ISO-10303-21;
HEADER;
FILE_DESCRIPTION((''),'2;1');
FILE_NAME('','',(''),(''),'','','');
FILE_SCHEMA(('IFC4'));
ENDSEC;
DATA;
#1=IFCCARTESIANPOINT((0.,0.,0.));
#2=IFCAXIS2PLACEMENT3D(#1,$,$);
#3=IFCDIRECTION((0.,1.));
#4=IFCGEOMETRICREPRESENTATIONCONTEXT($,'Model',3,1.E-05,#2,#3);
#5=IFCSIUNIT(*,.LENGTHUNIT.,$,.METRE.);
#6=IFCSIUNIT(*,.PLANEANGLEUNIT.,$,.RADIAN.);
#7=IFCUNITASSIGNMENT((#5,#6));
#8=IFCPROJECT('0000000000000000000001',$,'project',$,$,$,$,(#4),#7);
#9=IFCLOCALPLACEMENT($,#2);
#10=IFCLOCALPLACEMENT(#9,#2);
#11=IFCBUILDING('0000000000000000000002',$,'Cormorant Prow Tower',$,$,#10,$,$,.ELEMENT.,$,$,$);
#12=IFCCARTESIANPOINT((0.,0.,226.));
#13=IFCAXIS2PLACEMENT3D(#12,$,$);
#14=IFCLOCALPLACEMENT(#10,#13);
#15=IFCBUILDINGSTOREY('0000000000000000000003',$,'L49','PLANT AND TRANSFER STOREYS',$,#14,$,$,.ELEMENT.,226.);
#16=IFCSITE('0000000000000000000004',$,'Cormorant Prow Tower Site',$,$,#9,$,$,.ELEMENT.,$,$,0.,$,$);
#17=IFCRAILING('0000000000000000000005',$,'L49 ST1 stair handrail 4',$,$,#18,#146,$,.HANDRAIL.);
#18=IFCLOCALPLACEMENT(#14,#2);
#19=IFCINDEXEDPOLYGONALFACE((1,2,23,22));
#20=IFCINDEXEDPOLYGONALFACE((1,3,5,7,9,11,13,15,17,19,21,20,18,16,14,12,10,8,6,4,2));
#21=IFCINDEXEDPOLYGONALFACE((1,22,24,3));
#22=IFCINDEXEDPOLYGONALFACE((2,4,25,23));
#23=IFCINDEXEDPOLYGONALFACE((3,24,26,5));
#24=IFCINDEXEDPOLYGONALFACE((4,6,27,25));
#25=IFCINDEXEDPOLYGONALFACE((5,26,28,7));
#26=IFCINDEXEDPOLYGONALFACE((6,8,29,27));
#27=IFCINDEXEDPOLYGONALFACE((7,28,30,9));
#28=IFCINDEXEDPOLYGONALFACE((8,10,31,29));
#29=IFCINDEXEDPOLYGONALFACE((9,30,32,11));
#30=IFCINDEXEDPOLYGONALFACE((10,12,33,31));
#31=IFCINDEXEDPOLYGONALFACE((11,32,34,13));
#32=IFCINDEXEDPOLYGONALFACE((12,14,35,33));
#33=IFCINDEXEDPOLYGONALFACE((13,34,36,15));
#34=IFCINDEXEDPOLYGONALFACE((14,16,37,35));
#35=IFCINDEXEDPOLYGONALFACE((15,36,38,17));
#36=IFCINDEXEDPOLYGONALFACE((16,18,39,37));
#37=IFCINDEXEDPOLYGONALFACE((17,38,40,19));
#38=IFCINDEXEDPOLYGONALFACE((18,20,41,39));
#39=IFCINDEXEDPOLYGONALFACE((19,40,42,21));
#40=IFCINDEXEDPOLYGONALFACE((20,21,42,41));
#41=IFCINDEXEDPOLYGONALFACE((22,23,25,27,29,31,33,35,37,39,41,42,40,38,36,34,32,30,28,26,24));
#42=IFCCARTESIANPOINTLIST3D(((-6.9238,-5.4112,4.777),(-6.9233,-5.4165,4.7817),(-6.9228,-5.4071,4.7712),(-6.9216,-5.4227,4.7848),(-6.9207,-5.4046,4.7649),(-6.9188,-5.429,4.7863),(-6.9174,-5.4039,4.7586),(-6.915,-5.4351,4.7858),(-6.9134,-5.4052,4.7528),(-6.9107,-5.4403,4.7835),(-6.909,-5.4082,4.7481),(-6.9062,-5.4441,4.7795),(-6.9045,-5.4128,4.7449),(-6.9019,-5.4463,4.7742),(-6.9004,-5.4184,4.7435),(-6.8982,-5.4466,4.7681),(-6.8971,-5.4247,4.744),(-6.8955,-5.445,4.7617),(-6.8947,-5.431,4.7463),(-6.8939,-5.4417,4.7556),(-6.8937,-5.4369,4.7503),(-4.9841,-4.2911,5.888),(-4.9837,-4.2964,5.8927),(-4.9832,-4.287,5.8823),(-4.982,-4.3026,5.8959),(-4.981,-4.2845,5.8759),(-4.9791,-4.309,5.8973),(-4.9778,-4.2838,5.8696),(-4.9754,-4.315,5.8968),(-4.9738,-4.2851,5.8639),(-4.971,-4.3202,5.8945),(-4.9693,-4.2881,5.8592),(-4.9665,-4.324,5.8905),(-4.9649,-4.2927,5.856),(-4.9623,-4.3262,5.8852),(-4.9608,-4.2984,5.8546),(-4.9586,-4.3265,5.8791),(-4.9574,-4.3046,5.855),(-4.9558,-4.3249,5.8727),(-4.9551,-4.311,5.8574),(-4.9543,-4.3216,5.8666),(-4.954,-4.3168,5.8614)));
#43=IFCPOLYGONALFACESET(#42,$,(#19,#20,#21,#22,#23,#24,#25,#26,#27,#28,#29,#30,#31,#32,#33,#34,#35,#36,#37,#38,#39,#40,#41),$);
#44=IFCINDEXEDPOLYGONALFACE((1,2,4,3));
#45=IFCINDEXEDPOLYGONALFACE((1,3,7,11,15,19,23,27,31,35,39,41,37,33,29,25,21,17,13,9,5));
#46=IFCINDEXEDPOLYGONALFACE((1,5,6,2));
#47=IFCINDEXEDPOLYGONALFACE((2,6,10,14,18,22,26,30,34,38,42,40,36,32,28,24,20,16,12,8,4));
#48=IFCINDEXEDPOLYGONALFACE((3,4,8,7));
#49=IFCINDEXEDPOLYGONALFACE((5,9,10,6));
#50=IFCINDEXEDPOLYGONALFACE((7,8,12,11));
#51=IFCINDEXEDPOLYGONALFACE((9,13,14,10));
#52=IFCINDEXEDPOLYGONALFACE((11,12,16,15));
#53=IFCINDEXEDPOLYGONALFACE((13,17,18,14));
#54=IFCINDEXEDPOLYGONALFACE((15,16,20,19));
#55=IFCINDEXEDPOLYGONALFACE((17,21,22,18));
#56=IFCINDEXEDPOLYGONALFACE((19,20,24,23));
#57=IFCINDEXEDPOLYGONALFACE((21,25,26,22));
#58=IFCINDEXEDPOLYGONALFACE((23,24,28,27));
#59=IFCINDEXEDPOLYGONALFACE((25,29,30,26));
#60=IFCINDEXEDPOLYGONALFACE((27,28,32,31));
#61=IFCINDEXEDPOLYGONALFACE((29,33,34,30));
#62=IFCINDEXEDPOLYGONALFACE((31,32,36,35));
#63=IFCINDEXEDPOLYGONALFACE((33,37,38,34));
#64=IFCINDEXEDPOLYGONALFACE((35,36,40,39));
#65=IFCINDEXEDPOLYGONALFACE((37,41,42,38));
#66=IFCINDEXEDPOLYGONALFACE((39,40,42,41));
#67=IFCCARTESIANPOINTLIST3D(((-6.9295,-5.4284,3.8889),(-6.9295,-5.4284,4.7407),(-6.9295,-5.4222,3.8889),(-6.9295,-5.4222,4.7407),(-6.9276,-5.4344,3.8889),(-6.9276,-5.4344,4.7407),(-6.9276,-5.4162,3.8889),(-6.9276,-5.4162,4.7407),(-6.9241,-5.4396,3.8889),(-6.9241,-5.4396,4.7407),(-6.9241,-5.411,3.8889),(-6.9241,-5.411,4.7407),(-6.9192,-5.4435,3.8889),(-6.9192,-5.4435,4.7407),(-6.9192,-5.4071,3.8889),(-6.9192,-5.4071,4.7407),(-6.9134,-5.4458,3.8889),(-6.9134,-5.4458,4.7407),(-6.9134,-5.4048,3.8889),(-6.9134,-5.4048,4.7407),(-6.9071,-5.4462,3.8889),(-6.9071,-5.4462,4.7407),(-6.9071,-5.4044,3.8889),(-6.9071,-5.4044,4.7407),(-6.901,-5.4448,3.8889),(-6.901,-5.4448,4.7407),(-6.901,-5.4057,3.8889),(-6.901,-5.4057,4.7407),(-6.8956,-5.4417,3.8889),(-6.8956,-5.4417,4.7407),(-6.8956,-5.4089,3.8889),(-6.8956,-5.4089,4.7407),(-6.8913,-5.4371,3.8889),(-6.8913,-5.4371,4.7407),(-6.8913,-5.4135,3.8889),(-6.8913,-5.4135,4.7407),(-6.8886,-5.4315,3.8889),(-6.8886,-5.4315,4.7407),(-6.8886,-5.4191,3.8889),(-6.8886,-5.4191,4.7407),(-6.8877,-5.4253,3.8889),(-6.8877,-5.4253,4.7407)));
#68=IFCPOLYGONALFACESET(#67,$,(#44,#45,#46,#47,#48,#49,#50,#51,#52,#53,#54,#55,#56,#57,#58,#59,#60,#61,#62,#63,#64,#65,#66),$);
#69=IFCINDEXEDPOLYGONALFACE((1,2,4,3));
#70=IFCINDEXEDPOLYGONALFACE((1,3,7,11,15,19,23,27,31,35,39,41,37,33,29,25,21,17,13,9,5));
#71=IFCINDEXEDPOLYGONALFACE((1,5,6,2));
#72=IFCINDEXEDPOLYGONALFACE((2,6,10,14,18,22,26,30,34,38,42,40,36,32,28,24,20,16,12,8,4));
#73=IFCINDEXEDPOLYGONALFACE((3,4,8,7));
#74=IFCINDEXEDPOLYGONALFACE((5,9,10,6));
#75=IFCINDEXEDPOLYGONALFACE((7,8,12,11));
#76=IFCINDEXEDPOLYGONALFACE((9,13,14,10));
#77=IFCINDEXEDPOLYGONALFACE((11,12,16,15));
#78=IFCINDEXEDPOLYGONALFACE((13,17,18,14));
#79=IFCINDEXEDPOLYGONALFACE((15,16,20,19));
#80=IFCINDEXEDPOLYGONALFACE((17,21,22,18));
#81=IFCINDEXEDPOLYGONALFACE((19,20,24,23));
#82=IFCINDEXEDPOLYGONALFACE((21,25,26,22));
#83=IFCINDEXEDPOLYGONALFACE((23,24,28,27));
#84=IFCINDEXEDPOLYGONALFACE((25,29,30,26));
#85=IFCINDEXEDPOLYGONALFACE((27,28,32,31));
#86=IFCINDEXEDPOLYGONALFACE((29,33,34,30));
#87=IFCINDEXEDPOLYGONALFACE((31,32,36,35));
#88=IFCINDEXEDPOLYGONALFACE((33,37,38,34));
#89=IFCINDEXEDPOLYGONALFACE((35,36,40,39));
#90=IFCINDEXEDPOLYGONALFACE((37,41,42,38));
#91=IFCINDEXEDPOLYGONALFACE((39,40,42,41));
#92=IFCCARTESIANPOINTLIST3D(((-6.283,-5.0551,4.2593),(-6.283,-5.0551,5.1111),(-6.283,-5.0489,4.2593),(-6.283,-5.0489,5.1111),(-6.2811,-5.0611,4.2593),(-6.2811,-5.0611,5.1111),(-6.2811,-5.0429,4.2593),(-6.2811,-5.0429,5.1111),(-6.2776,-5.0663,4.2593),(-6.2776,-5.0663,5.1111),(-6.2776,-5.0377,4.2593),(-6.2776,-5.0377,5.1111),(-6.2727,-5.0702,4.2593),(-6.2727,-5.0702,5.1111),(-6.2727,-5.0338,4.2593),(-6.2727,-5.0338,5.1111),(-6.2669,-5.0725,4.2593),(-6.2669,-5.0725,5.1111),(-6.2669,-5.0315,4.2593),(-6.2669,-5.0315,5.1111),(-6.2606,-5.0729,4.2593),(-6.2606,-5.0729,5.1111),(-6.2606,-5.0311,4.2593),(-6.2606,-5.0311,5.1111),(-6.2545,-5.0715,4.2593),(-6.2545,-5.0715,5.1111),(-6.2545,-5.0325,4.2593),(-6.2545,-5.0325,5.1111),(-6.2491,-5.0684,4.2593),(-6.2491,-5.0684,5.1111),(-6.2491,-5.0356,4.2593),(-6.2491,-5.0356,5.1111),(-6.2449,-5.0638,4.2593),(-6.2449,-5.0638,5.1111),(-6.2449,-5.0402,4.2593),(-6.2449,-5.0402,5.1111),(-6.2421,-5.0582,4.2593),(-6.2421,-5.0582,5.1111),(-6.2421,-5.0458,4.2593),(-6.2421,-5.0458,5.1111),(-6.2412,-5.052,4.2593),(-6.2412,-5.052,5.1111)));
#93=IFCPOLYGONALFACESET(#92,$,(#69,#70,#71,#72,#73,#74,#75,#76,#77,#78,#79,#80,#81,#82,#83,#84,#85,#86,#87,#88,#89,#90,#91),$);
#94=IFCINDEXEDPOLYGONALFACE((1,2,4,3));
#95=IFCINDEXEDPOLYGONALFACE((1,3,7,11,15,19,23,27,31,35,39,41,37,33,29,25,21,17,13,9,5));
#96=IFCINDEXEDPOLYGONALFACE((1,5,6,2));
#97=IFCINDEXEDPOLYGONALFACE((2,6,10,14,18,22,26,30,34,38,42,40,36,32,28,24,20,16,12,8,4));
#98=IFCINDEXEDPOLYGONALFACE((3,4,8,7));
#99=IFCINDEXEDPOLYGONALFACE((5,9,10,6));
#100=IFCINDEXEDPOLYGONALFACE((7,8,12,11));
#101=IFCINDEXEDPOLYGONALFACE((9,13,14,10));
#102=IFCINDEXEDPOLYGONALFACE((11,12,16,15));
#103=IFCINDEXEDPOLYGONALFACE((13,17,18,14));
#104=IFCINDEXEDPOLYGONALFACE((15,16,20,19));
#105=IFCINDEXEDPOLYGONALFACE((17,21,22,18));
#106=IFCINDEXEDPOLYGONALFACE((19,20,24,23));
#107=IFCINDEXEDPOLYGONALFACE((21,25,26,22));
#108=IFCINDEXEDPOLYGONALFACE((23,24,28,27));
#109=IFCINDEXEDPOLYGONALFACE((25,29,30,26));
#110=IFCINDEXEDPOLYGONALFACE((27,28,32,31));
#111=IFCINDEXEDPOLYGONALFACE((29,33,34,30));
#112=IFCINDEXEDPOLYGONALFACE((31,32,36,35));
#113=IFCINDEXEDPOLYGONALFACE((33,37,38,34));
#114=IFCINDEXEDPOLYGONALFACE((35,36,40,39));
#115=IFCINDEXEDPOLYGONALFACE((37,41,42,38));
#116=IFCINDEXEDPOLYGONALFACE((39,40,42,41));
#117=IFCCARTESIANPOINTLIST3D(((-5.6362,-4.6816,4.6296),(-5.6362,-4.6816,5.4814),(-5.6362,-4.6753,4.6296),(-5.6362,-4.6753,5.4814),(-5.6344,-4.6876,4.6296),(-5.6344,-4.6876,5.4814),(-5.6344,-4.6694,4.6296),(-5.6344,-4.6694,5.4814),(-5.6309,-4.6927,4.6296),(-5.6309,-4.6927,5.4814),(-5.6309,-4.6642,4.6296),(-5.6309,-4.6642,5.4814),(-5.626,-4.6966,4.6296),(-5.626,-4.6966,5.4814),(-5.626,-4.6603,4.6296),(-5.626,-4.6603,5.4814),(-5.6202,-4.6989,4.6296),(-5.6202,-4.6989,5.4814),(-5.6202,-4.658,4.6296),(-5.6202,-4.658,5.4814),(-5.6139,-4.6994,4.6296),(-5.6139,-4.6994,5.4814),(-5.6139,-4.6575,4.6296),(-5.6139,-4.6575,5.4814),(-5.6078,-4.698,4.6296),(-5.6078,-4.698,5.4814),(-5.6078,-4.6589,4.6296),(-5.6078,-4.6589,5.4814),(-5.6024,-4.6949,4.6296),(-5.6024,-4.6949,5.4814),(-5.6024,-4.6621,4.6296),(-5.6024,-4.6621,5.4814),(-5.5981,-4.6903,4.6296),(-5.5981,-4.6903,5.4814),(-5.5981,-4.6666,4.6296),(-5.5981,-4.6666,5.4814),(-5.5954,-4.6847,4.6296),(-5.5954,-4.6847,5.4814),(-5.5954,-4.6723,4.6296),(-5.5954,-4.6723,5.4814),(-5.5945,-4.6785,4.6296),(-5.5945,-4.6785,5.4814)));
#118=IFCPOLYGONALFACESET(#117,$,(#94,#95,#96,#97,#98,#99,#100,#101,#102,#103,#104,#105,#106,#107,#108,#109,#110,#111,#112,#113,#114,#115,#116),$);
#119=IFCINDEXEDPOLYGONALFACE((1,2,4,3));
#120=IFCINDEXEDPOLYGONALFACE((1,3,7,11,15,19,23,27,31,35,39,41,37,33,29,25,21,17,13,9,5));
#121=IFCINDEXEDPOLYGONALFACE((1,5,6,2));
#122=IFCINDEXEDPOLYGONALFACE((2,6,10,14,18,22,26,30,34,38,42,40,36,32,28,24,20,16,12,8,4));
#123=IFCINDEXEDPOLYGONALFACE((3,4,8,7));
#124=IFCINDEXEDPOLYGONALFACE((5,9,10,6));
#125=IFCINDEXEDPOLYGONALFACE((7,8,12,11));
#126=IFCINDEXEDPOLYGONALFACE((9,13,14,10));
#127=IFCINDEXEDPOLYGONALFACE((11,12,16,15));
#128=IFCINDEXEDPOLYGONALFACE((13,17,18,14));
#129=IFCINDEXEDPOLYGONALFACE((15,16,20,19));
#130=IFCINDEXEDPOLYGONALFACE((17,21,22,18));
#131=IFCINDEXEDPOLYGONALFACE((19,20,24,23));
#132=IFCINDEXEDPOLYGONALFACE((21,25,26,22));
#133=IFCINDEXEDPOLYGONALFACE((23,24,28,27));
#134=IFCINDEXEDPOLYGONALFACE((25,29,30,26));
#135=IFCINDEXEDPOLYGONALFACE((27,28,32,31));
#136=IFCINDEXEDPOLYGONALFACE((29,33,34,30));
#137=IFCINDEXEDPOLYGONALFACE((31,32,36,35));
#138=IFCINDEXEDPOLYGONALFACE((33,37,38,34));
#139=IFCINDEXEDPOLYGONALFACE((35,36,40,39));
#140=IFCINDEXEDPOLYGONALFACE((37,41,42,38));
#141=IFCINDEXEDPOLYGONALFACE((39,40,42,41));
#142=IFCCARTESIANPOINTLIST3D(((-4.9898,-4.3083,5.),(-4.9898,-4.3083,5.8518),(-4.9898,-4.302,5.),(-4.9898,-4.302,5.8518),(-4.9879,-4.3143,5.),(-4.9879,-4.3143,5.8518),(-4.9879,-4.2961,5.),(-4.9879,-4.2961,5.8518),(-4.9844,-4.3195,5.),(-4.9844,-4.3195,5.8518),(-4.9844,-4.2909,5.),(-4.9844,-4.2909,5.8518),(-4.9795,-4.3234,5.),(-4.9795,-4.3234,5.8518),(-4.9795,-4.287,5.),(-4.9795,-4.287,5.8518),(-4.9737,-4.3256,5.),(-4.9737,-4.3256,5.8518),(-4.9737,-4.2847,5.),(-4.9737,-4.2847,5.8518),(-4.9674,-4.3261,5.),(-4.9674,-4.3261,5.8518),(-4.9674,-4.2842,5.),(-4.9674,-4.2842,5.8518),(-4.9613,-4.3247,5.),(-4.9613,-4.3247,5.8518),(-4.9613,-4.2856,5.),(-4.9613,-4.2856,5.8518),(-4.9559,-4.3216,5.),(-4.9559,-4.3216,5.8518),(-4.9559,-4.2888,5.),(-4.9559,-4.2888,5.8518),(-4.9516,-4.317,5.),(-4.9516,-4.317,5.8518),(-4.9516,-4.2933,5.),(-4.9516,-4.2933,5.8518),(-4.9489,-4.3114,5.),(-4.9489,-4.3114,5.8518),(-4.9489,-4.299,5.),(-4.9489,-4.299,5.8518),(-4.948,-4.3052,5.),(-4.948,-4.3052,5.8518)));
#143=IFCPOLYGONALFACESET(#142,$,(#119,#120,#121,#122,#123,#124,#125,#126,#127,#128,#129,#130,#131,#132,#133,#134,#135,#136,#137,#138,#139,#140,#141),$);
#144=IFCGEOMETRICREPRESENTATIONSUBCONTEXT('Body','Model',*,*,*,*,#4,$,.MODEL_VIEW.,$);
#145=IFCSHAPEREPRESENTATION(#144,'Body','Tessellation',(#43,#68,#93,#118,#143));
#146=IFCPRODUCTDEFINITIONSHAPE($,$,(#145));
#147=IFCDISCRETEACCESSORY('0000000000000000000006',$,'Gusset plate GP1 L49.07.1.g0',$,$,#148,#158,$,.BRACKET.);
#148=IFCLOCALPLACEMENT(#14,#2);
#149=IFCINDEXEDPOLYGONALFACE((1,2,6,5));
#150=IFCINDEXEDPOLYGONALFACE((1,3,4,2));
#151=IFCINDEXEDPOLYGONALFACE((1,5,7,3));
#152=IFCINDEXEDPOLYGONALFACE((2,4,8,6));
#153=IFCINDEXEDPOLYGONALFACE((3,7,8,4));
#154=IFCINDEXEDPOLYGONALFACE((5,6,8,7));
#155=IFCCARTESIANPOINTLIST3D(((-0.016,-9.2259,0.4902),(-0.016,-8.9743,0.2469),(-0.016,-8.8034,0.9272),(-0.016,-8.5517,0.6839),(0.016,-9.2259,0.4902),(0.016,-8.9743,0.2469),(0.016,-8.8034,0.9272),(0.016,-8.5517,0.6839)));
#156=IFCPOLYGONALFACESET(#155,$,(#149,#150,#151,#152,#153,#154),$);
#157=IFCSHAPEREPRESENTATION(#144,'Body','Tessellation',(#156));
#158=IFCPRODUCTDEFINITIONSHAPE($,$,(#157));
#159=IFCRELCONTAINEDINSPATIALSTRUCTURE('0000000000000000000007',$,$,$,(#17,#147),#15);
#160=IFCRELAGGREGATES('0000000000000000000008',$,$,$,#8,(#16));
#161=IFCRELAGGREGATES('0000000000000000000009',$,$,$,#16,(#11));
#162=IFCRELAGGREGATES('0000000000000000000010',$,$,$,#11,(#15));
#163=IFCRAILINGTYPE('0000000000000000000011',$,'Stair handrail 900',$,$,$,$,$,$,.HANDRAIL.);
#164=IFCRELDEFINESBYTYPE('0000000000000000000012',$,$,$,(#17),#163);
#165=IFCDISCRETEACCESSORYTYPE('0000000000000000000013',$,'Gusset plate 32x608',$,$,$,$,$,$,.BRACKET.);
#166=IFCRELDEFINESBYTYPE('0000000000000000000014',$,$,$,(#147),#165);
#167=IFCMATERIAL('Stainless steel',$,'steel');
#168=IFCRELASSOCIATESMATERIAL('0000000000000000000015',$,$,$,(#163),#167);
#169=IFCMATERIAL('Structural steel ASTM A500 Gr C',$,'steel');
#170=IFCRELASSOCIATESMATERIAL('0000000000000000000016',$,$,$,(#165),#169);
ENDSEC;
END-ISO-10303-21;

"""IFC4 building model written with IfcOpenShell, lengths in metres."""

from ifc_helpers import new_model, si_unit, direction, frame, origin, origin_2d, place, context, subcontext, project, spatial, rectangle, circle, extrude, material, material_profile, profile_set, type_object, element, save


model = new_model("IFC4")

# Units and contexts
model_context = context("Model", 3, precision=1e-05, world=origin(), true_north=direction((0.0, 1.0)))
body_context = subcontext(model_context, "Body", "Model", "MODEL_VIEW")
ifc_project = project(units=[si_unit("LENGTHUNIT", "METRE"), si_unit("PLANEANGLEUNIT", "RADIAN")], contexts=[model_context])

# Site, building, storey
site_placement = place(None, origin())
site = spatial("IfcSite", under=ifc_project, at=site_placement, Name="Cormorant Prow Tower Site", CompositionType="ELEMENT", RefElevation=0.0)
building_placement = place(site_placement, origin())
building = spatial("IfcBuilding", under=site, at=building_placement, Name="Cormorant Prow Tower", CompositionType="ELEMENT")
storey_placement = place(building_placement, frame((0.0, 0.0, 226.0)))
storey = spatial("IfcBuildingStorey", under=building, at=storey_placement, Name="L49", Description="PLANT AND TRANSFER STOREYS", CompositionType="ELEMENT", Elevation=226.0)

# Railing
ifc_material_1 = material(Name="Stainless steel", Category="steel")
railing_type_1 = type_object("IfcRailingType", Name="Stair handrail 900", PredefinedType="HANDRAIL", material=ifc_material_1)
for number, where, name in (
    (1, (-6.9087, -5.4253, 3.8889), "L49 ST1 stair handrail 4"),
):
    element("IfcRailing", number, at=place(storey_placement, frame(where)), inside=storey, type_object=railing_type_1, Name=name, PredefinedType="HANDRAIL", context=body_context, shape_type="SweptSolid", body=[
        extrude(circle(Radius=0.0239, at=origin_2d()), frame((0.0, 0.0, 0.876), z_axis=(0.77578, 0.44799, 0.444377), x_axis=(-0.500078, 0.86598, 0.0)), (0.0, 0.0, 1.0), 2.5002),
        extrude(circle(Radius=0.021, at=origin_2d()), origin(), (0.0, 0.0, 1.0), 0.8518),
        extrude(circle(Radius=0.021, at=origin_2d()), frame((0.6465, 0.3733, 0.3704)), (0.0, 0.0, 1.0), 0.8518),
        extrude(circle(Radius=0.021, at=origin_2d()), frame((1.2932, 0.7468, 0.7407)), (0.0, 0.0, 1.0), 0.8518),
        extrude(circle(Radius=0.021, at=origin_2d()), frame((1.9397, 1.1201, 1.1111)), (0.0, 0.0, 1.0), 0.8518),
    ])

# Discrete accessory
ifc_material_2 = material(Name="Structural steel ASTM A500 Gr C", Category="steel")
ifc_material_profile_1 = material_profile(ifc_material_2, rectangle(XDim=0.032, YDim=0.6079, at=origin_2d()), Name="Gusset plate 32x608")
ifc_profile_set_1 = profile_set([ifc_material_profile_1], Name="Structural steel ASTM A500 Gr C")
discrete_accessory_type = type_object("IfcDiscreteAccessoryType", Name="Gusset plate 32x608", PredefinedType="BRACKET", material=ifc_profile_set_1)
discrete_accessory_placement = place(storey_placement, frame((0.0, -9.0146, 0.7087), z_axis=(0.0, 0.718861, -0.695154), x_axis=(-1.0, 0.0, 0.0)))
element("IfcDiscreteAccessory", 2, at=discrete_accessory_placement, inside=storey, type_object=discrete_accessory_type, Name="Gusset plate GP1 L49.07.1.g0", PredefinedType="BRACKET", context=body_context, shape_type="SweptSolid", body=[
    extrude(rectangle(XDim=0.032, YDim=0.6079, at=origin_2d()), origin(), (0.0, 0.0, 1.0), 0.3501),
])

save(model, "model.ifc")
